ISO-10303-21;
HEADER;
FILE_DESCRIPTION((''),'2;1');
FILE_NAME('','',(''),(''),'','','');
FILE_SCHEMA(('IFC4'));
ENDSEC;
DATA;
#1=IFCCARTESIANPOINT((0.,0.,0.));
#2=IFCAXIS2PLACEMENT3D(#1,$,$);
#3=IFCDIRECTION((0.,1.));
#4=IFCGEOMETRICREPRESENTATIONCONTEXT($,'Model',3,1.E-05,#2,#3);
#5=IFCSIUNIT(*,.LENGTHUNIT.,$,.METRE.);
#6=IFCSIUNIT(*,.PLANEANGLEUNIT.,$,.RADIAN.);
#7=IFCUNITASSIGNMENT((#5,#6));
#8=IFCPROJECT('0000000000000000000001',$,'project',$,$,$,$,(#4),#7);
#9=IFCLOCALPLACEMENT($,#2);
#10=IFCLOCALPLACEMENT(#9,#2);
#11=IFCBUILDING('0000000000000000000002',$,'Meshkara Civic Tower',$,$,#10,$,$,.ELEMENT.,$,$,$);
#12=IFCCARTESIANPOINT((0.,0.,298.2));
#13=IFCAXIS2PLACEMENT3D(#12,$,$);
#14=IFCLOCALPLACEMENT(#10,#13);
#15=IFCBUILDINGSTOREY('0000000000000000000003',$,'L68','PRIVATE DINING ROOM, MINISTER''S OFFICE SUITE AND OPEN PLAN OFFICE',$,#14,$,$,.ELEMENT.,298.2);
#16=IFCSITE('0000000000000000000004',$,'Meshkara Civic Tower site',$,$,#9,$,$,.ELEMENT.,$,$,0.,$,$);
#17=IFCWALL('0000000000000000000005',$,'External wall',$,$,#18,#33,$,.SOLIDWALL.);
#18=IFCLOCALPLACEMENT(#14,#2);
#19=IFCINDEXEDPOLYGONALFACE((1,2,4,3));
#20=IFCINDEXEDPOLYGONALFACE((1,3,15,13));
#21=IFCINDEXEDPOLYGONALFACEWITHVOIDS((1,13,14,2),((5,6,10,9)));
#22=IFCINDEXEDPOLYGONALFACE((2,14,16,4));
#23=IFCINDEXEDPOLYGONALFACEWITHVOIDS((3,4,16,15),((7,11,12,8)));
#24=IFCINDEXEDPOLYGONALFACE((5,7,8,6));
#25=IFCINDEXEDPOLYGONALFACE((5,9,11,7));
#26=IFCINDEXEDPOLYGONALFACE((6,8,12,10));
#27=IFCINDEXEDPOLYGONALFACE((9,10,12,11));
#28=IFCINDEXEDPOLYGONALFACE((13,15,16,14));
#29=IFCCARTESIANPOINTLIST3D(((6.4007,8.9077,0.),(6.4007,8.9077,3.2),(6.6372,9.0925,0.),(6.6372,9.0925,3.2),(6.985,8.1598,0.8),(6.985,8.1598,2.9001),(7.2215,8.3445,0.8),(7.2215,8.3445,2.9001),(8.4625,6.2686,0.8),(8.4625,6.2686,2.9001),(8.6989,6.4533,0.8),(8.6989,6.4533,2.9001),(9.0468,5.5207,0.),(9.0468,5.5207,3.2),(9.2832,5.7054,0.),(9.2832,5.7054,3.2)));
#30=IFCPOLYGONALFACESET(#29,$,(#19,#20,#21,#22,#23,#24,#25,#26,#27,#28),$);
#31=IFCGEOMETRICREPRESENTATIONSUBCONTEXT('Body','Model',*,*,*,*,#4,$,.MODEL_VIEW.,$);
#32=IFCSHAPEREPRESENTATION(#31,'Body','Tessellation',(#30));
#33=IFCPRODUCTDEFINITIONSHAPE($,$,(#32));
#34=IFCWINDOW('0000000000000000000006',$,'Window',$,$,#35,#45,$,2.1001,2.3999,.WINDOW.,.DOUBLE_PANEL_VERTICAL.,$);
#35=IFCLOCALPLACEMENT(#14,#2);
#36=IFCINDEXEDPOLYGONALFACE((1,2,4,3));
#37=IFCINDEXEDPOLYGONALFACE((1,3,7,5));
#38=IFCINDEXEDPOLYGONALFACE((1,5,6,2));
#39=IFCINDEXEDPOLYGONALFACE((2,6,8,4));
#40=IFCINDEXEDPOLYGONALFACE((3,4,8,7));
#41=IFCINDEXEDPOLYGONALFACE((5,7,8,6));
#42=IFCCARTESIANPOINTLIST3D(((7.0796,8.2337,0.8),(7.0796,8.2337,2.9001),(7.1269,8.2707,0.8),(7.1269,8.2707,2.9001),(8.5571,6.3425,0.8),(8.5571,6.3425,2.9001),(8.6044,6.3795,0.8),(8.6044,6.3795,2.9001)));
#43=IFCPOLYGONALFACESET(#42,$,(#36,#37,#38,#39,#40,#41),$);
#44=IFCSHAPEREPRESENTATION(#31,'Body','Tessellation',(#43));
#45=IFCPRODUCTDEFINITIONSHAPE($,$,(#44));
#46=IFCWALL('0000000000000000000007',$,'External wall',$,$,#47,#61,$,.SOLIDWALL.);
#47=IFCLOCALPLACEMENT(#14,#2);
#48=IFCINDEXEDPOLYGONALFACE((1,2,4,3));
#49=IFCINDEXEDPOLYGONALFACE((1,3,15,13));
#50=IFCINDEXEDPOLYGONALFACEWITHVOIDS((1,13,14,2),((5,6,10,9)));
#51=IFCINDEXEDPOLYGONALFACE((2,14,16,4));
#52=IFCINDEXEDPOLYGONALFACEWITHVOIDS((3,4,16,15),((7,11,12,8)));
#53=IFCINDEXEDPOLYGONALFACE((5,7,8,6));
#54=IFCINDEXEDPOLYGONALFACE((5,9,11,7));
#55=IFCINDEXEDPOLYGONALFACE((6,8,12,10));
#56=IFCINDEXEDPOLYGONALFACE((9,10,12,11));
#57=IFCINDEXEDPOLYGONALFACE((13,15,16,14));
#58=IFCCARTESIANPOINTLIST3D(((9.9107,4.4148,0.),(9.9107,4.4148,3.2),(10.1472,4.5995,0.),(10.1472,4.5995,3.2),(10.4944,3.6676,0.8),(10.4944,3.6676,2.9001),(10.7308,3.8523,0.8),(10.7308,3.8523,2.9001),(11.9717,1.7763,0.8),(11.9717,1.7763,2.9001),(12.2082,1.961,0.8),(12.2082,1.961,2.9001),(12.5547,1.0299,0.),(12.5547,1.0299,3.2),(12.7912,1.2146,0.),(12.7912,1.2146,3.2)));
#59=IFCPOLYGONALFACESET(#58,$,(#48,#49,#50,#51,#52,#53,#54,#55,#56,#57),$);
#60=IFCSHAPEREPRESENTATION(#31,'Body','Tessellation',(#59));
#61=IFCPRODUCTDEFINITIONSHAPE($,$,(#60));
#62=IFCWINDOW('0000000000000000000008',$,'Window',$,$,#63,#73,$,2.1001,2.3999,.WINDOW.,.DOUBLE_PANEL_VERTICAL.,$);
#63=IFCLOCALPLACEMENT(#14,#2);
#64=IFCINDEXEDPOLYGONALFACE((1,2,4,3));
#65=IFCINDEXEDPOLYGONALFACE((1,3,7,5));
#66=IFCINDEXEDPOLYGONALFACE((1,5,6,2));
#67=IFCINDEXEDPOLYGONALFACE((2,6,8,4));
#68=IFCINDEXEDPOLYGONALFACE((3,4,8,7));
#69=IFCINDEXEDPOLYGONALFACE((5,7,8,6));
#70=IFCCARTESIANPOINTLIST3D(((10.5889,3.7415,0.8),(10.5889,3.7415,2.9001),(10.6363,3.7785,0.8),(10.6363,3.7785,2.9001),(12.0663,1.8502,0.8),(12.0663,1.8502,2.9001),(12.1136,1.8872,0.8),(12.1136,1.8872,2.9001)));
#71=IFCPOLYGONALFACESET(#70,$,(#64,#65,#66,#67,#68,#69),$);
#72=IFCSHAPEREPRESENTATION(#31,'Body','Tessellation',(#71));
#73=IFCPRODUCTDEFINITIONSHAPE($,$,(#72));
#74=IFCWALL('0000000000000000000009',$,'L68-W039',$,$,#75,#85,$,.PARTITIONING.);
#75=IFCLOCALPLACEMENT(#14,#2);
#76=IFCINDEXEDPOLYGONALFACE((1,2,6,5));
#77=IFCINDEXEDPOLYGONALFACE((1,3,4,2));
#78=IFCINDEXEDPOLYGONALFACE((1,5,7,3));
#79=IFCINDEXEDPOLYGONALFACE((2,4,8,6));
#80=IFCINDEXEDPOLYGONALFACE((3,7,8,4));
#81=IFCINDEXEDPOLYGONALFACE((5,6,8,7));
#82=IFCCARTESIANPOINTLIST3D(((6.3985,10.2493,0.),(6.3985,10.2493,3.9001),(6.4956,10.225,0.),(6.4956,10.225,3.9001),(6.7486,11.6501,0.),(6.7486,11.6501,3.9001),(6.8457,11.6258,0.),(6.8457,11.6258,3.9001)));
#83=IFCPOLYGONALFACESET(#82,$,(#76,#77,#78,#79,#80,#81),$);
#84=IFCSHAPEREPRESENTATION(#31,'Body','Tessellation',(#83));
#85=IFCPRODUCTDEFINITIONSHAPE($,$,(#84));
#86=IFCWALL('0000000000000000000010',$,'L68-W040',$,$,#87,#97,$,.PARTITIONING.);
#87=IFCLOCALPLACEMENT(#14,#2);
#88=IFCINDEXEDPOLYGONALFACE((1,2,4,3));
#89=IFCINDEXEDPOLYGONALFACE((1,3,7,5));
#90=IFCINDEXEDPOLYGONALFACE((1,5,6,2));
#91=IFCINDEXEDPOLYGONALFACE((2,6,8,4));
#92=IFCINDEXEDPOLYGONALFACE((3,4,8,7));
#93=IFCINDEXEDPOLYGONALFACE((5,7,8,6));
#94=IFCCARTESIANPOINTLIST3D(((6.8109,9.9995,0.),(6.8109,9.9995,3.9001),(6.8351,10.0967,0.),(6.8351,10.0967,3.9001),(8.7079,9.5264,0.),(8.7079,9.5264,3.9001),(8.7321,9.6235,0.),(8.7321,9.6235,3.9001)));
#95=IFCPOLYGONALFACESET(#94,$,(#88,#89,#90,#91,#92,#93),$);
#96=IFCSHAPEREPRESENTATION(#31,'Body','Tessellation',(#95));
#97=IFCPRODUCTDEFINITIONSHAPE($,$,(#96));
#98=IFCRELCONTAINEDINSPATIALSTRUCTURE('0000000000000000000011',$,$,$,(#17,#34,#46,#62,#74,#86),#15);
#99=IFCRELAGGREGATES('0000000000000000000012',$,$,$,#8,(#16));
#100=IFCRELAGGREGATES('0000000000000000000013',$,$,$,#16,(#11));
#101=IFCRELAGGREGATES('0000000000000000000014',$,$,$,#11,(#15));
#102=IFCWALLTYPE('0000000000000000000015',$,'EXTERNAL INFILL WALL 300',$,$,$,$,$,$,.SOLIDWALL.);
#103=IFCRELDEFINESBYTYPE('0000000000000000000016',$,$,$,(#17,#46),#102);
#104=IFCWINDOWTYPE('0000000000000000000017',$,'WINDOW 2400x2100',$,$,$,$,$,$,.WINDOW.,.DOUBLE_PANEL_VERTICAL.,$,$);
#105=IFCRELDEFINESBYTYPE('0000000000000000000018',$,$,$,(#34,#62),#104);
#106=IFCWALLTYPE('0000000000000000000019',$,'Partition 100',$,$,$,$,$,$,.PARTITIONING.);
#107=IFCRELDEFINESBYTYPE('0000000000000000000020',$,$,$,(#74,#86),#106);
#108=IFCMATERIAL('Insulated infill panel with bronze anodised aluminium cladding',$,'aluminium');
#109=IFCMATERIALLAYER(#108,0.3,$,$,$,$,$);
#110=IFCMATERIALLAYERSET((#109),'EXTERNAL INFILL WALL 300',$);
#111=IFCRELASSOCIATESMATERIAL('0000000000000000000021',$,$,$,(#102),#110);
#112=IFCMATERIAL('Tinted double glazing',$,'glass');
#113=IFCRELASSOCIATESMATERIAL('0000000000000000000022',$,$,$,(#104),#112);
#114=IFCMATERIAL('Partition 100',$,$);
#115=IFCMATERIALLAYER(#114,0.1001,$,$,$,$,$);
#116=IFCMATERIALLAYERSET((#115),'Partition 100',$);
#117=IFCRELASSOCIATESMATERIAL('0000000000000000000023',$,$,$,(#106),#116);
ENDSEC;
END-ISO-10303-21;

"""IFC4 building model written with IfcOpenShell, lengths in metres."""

from ifc_helpers import new_model, si_unit, direction, frame, frame_2d, origin, place, context, subcontext, project, spatial, rectangle, extrude, material, layer, layer_set, type_object, element, fill, save


model = new_model("IFC4")

# Units and contexts
model_context = context("Model", 3, precision=1e-05, world=origin(), true_north=direction((0.0, 1.0)))
body_context = subcontext(model_context, "Body", "Model", "MODEL_VIEW")
ifc_project = project(units=[si_unit("LENGTHUNIT", "METRE"), si_unit("PLANEANGLEUNIT", "RADIAN")], contexts=[model_context])

# Site, building, storey
site_placement = place(None, origin())
site = spatial("IfcSite", under=ifc_project, at=site_placement, Name="Meshkara Civic Tower site", CompositionType="ELEMENT", RefElevation=0.0)
building_placement = place(site_placement, origin())
building = spatial("IfcBuilding", under=site, at=building_placement, Name="Meshkara Civic Tower", CompositionType="ELEMENT")
storey_placement = place(building_placement, frame((0.0, 0.0, 298.2)))
storey = spatial("IfcBuildingStorey", under=building, at=storey_placement, Name="L68", Description="PRIVATE DINING ROOM, MINISTER'S OFFICE SUITE AND OPEN PLAN OFFICE", CompositionType="ELEMENT", Elevation=298.2)

# Walls, openings, windows
ifc_material_1 = material(Name="Insulated infill panel with bronze anodised aluminium cladding", Category="aluminium")
ifc_layer_1 = layer(ifc_material_1, 0.3)
ifc_layer_set_1 = layer_set([ifc_layer_1], Name="EXTERNAL INFILL WALL 300")
wall_type_1 = type_object("IfcWallType", Name="EXTERNAL INFILL WALL 300", PredefinedType="SOLIDWALL", material=ifc_layer_set_1)
wall_1_placement = place(storey_placement, frame((6.519, 9.0, 0.0), z_axis=(0.0, 0.0, 1.0), x_axis=(0.615634, -0.788032, 0.0)))
wall_1 = element("IfcWall", 1, at=wall_1_placement, inside=storey, type_object=wall_type_1, Name="External wall", PredefinedType="SOLIDWALL", context=body_context, shape_type="SweptSolid", body=[
    extrude(rectangle(XDim=4.2981, YDim=0.3, at=frame_2d((2.1489, 0.0))), origin(), (0.0, 0.0, 1.0), 3.2),
])
opening_1_placement = place(wall_1_placement, frame((0.949, 0.0, 0.8)))
opening_1 = element("IfcOpeningElement", 2, at=opening_1_placement, cuts=wall_1, PredefinedType="OPENING", context=body_context, shape_type="SweptSolid", body=[
    extrude(rectangle(XDim=2.3999, YDim=2.1001, at=frame_2d((1.2, 1.05))), frame((0.0, 0.1599, 0.0), z_axis=(0.0, -1.0, 0.0), x_axis=(1.0, 0.0, 0.0)), (0.0, 0.0, 1.0), 0.3201),
])
ifc_material_2 = material(Name="Tinted double glazing", Category="glass")
window_type = type_object("IfcWindowType", Name="WINDOW 2400x2100", PartitioningType="DOUBLE_PANEL_VERTICAL", PredefinedType="WINDOW", material=ifc_material_2)
window_1_placement = place(opening_1_placement, origin())
window_1 = element("IfcWindow", 3, at=window_1_placement, inside=storey, type_object=window_type, Name="Window", OverallHeight=2.1001, OverallWidth=2.3999, PartitioningType="DOUBLE_PANEL_VERTICAL", PredefinedType="WINDOW", context=body_context, shape_type="SweptSolid", body=[
    extrude(rectangle(XDim=2.3999, YDim=2.1001, at=frame_2d((1.2, 1.05))), frame((0.0, 0.03, 0.0), z_axis=(0.0, -1.0, 0.0), x_axis=(1.0, 0.0, 0.0)), (0.0, 0.0, 1.0), 0.0601),
])
fill(opening_1, window_1)
wall_2_placement = place(storey_placement, frame((10.0291, 4.5071, 0.0), z_axis=(0.0, 0.0, 1.0), x_axis=(0.615572, -0.78808, 0.0)))
wall_2 = element("IfcWall", 4, at=wall_2_placement, inside=storey, type_object=wall_type_1, Name="External wall", PredefinedType="SOLIDWALL", context=body_context, shape_type="SweptSolid", body=[
    extrude(rectangle(XDim=4.2952, YDim=0.3, at=frame_2d((2.1475, 0.0))), origin(), (0.0, 0.0, 1.0), 3.2),
])
opening_2_placement = place(wall_2_placement, frame((0.948, 0.0, 0.8)))
opening_2 = element("IfcOpeningElement", 5, at=opening_2_placement, cuts=wall_2, PredefinedType="OPENING", context=body_context, shape_type="SweptSolid", body=[
    extrude(rectangle(XDim=2.3999, YDim=2.1001, at=frame_2d((1.2, 1.05))), frame((0.0, 0.1599, 0.0), z_axis=(0.0, -1.0, 0.0), x_axis=(1.0, 0.0, 0.0)), (0.0, 0.0, 1.0), 0.3201),
])
window_2_placement = place(opening_2_placement, origin())
window_2 = element("IfcWindow", 6, at=window_2_placement, inside=storey, type_object=window_type, Name="Window", OverallHeight=2.1001, OverallWidth=2.3999, PartitioningType="DOUBLE_PANEL_VERTICAL", PredefinedType="WINDOW", context=body_context, shape_type="SweptSolid", body=[
    extrude(rectangle(XDim=2.3999, YDim=2.1001, at=frame_2d((1.2, 1.05))), frame((0.0, 0.03, 0.0), z_axis=(0.0, -1.0, 0.0), x_axis=(1.0, 0.0, 0.0)), (0.0, 0.0, 1.0), 0.0601),
])
fill(opening_2, window_2)

# Walls
ifc_material_3 = material(Name="Partition 100")
ifc_layer_2 = layer(ifc_material_3, 0.1001)
ifc_layer_set_2 = layer_set([ifc_layer_2], Name="Partition 100")
wall_type_2 = type_object("IfcWallType", Name="Partition 100", PredefinedType="PARTITIONING", material=ifc_layer_set_2)
wall_3_placement = place(storey_placement, frame((6.7971, 11.6379, 0.0), z_axis=(0.0, 0.0, 1.0), x_axis=(-0.242456, -0.970162, 0.0)))
element("IfcWall", 7, at=wall_3_placement, inside=storey, type_object=wall_type_2, Name="L68-W039", PredefinedType="PARTITIONING", context=body_context, shape_type="SweptSolid", body=[
    extrude(rectangle(XDim=1.4438, YDim=0.1001, at=frame_2d((0.7219, 0.0))), origin(), (0.0, 0.0, 1.0), 3.9001),
])
wall_4_placement = place(storey_placement, frame((8.72, 9.575, 0.0), z_axis=(0.0, 0.0, 1.0), x_axis=(-0.970275, 0.242007, 0.0)))
element("IfcWall", 8, at=wall_4_placement, inside=storey, type_object=wall_type_2, Name="L68-W040", PredefinedType="PARTITIONING", context=body_context, shape_type="SweptSolid", body=[
    extrude(rectangle(XDim=1.9551, YDim=0.1001, at=frame_2d((0.9775, 0.0))), origin(), (0.0, 0.0, 1.0), 3.9001),
])

save(model, "model.ifc")
